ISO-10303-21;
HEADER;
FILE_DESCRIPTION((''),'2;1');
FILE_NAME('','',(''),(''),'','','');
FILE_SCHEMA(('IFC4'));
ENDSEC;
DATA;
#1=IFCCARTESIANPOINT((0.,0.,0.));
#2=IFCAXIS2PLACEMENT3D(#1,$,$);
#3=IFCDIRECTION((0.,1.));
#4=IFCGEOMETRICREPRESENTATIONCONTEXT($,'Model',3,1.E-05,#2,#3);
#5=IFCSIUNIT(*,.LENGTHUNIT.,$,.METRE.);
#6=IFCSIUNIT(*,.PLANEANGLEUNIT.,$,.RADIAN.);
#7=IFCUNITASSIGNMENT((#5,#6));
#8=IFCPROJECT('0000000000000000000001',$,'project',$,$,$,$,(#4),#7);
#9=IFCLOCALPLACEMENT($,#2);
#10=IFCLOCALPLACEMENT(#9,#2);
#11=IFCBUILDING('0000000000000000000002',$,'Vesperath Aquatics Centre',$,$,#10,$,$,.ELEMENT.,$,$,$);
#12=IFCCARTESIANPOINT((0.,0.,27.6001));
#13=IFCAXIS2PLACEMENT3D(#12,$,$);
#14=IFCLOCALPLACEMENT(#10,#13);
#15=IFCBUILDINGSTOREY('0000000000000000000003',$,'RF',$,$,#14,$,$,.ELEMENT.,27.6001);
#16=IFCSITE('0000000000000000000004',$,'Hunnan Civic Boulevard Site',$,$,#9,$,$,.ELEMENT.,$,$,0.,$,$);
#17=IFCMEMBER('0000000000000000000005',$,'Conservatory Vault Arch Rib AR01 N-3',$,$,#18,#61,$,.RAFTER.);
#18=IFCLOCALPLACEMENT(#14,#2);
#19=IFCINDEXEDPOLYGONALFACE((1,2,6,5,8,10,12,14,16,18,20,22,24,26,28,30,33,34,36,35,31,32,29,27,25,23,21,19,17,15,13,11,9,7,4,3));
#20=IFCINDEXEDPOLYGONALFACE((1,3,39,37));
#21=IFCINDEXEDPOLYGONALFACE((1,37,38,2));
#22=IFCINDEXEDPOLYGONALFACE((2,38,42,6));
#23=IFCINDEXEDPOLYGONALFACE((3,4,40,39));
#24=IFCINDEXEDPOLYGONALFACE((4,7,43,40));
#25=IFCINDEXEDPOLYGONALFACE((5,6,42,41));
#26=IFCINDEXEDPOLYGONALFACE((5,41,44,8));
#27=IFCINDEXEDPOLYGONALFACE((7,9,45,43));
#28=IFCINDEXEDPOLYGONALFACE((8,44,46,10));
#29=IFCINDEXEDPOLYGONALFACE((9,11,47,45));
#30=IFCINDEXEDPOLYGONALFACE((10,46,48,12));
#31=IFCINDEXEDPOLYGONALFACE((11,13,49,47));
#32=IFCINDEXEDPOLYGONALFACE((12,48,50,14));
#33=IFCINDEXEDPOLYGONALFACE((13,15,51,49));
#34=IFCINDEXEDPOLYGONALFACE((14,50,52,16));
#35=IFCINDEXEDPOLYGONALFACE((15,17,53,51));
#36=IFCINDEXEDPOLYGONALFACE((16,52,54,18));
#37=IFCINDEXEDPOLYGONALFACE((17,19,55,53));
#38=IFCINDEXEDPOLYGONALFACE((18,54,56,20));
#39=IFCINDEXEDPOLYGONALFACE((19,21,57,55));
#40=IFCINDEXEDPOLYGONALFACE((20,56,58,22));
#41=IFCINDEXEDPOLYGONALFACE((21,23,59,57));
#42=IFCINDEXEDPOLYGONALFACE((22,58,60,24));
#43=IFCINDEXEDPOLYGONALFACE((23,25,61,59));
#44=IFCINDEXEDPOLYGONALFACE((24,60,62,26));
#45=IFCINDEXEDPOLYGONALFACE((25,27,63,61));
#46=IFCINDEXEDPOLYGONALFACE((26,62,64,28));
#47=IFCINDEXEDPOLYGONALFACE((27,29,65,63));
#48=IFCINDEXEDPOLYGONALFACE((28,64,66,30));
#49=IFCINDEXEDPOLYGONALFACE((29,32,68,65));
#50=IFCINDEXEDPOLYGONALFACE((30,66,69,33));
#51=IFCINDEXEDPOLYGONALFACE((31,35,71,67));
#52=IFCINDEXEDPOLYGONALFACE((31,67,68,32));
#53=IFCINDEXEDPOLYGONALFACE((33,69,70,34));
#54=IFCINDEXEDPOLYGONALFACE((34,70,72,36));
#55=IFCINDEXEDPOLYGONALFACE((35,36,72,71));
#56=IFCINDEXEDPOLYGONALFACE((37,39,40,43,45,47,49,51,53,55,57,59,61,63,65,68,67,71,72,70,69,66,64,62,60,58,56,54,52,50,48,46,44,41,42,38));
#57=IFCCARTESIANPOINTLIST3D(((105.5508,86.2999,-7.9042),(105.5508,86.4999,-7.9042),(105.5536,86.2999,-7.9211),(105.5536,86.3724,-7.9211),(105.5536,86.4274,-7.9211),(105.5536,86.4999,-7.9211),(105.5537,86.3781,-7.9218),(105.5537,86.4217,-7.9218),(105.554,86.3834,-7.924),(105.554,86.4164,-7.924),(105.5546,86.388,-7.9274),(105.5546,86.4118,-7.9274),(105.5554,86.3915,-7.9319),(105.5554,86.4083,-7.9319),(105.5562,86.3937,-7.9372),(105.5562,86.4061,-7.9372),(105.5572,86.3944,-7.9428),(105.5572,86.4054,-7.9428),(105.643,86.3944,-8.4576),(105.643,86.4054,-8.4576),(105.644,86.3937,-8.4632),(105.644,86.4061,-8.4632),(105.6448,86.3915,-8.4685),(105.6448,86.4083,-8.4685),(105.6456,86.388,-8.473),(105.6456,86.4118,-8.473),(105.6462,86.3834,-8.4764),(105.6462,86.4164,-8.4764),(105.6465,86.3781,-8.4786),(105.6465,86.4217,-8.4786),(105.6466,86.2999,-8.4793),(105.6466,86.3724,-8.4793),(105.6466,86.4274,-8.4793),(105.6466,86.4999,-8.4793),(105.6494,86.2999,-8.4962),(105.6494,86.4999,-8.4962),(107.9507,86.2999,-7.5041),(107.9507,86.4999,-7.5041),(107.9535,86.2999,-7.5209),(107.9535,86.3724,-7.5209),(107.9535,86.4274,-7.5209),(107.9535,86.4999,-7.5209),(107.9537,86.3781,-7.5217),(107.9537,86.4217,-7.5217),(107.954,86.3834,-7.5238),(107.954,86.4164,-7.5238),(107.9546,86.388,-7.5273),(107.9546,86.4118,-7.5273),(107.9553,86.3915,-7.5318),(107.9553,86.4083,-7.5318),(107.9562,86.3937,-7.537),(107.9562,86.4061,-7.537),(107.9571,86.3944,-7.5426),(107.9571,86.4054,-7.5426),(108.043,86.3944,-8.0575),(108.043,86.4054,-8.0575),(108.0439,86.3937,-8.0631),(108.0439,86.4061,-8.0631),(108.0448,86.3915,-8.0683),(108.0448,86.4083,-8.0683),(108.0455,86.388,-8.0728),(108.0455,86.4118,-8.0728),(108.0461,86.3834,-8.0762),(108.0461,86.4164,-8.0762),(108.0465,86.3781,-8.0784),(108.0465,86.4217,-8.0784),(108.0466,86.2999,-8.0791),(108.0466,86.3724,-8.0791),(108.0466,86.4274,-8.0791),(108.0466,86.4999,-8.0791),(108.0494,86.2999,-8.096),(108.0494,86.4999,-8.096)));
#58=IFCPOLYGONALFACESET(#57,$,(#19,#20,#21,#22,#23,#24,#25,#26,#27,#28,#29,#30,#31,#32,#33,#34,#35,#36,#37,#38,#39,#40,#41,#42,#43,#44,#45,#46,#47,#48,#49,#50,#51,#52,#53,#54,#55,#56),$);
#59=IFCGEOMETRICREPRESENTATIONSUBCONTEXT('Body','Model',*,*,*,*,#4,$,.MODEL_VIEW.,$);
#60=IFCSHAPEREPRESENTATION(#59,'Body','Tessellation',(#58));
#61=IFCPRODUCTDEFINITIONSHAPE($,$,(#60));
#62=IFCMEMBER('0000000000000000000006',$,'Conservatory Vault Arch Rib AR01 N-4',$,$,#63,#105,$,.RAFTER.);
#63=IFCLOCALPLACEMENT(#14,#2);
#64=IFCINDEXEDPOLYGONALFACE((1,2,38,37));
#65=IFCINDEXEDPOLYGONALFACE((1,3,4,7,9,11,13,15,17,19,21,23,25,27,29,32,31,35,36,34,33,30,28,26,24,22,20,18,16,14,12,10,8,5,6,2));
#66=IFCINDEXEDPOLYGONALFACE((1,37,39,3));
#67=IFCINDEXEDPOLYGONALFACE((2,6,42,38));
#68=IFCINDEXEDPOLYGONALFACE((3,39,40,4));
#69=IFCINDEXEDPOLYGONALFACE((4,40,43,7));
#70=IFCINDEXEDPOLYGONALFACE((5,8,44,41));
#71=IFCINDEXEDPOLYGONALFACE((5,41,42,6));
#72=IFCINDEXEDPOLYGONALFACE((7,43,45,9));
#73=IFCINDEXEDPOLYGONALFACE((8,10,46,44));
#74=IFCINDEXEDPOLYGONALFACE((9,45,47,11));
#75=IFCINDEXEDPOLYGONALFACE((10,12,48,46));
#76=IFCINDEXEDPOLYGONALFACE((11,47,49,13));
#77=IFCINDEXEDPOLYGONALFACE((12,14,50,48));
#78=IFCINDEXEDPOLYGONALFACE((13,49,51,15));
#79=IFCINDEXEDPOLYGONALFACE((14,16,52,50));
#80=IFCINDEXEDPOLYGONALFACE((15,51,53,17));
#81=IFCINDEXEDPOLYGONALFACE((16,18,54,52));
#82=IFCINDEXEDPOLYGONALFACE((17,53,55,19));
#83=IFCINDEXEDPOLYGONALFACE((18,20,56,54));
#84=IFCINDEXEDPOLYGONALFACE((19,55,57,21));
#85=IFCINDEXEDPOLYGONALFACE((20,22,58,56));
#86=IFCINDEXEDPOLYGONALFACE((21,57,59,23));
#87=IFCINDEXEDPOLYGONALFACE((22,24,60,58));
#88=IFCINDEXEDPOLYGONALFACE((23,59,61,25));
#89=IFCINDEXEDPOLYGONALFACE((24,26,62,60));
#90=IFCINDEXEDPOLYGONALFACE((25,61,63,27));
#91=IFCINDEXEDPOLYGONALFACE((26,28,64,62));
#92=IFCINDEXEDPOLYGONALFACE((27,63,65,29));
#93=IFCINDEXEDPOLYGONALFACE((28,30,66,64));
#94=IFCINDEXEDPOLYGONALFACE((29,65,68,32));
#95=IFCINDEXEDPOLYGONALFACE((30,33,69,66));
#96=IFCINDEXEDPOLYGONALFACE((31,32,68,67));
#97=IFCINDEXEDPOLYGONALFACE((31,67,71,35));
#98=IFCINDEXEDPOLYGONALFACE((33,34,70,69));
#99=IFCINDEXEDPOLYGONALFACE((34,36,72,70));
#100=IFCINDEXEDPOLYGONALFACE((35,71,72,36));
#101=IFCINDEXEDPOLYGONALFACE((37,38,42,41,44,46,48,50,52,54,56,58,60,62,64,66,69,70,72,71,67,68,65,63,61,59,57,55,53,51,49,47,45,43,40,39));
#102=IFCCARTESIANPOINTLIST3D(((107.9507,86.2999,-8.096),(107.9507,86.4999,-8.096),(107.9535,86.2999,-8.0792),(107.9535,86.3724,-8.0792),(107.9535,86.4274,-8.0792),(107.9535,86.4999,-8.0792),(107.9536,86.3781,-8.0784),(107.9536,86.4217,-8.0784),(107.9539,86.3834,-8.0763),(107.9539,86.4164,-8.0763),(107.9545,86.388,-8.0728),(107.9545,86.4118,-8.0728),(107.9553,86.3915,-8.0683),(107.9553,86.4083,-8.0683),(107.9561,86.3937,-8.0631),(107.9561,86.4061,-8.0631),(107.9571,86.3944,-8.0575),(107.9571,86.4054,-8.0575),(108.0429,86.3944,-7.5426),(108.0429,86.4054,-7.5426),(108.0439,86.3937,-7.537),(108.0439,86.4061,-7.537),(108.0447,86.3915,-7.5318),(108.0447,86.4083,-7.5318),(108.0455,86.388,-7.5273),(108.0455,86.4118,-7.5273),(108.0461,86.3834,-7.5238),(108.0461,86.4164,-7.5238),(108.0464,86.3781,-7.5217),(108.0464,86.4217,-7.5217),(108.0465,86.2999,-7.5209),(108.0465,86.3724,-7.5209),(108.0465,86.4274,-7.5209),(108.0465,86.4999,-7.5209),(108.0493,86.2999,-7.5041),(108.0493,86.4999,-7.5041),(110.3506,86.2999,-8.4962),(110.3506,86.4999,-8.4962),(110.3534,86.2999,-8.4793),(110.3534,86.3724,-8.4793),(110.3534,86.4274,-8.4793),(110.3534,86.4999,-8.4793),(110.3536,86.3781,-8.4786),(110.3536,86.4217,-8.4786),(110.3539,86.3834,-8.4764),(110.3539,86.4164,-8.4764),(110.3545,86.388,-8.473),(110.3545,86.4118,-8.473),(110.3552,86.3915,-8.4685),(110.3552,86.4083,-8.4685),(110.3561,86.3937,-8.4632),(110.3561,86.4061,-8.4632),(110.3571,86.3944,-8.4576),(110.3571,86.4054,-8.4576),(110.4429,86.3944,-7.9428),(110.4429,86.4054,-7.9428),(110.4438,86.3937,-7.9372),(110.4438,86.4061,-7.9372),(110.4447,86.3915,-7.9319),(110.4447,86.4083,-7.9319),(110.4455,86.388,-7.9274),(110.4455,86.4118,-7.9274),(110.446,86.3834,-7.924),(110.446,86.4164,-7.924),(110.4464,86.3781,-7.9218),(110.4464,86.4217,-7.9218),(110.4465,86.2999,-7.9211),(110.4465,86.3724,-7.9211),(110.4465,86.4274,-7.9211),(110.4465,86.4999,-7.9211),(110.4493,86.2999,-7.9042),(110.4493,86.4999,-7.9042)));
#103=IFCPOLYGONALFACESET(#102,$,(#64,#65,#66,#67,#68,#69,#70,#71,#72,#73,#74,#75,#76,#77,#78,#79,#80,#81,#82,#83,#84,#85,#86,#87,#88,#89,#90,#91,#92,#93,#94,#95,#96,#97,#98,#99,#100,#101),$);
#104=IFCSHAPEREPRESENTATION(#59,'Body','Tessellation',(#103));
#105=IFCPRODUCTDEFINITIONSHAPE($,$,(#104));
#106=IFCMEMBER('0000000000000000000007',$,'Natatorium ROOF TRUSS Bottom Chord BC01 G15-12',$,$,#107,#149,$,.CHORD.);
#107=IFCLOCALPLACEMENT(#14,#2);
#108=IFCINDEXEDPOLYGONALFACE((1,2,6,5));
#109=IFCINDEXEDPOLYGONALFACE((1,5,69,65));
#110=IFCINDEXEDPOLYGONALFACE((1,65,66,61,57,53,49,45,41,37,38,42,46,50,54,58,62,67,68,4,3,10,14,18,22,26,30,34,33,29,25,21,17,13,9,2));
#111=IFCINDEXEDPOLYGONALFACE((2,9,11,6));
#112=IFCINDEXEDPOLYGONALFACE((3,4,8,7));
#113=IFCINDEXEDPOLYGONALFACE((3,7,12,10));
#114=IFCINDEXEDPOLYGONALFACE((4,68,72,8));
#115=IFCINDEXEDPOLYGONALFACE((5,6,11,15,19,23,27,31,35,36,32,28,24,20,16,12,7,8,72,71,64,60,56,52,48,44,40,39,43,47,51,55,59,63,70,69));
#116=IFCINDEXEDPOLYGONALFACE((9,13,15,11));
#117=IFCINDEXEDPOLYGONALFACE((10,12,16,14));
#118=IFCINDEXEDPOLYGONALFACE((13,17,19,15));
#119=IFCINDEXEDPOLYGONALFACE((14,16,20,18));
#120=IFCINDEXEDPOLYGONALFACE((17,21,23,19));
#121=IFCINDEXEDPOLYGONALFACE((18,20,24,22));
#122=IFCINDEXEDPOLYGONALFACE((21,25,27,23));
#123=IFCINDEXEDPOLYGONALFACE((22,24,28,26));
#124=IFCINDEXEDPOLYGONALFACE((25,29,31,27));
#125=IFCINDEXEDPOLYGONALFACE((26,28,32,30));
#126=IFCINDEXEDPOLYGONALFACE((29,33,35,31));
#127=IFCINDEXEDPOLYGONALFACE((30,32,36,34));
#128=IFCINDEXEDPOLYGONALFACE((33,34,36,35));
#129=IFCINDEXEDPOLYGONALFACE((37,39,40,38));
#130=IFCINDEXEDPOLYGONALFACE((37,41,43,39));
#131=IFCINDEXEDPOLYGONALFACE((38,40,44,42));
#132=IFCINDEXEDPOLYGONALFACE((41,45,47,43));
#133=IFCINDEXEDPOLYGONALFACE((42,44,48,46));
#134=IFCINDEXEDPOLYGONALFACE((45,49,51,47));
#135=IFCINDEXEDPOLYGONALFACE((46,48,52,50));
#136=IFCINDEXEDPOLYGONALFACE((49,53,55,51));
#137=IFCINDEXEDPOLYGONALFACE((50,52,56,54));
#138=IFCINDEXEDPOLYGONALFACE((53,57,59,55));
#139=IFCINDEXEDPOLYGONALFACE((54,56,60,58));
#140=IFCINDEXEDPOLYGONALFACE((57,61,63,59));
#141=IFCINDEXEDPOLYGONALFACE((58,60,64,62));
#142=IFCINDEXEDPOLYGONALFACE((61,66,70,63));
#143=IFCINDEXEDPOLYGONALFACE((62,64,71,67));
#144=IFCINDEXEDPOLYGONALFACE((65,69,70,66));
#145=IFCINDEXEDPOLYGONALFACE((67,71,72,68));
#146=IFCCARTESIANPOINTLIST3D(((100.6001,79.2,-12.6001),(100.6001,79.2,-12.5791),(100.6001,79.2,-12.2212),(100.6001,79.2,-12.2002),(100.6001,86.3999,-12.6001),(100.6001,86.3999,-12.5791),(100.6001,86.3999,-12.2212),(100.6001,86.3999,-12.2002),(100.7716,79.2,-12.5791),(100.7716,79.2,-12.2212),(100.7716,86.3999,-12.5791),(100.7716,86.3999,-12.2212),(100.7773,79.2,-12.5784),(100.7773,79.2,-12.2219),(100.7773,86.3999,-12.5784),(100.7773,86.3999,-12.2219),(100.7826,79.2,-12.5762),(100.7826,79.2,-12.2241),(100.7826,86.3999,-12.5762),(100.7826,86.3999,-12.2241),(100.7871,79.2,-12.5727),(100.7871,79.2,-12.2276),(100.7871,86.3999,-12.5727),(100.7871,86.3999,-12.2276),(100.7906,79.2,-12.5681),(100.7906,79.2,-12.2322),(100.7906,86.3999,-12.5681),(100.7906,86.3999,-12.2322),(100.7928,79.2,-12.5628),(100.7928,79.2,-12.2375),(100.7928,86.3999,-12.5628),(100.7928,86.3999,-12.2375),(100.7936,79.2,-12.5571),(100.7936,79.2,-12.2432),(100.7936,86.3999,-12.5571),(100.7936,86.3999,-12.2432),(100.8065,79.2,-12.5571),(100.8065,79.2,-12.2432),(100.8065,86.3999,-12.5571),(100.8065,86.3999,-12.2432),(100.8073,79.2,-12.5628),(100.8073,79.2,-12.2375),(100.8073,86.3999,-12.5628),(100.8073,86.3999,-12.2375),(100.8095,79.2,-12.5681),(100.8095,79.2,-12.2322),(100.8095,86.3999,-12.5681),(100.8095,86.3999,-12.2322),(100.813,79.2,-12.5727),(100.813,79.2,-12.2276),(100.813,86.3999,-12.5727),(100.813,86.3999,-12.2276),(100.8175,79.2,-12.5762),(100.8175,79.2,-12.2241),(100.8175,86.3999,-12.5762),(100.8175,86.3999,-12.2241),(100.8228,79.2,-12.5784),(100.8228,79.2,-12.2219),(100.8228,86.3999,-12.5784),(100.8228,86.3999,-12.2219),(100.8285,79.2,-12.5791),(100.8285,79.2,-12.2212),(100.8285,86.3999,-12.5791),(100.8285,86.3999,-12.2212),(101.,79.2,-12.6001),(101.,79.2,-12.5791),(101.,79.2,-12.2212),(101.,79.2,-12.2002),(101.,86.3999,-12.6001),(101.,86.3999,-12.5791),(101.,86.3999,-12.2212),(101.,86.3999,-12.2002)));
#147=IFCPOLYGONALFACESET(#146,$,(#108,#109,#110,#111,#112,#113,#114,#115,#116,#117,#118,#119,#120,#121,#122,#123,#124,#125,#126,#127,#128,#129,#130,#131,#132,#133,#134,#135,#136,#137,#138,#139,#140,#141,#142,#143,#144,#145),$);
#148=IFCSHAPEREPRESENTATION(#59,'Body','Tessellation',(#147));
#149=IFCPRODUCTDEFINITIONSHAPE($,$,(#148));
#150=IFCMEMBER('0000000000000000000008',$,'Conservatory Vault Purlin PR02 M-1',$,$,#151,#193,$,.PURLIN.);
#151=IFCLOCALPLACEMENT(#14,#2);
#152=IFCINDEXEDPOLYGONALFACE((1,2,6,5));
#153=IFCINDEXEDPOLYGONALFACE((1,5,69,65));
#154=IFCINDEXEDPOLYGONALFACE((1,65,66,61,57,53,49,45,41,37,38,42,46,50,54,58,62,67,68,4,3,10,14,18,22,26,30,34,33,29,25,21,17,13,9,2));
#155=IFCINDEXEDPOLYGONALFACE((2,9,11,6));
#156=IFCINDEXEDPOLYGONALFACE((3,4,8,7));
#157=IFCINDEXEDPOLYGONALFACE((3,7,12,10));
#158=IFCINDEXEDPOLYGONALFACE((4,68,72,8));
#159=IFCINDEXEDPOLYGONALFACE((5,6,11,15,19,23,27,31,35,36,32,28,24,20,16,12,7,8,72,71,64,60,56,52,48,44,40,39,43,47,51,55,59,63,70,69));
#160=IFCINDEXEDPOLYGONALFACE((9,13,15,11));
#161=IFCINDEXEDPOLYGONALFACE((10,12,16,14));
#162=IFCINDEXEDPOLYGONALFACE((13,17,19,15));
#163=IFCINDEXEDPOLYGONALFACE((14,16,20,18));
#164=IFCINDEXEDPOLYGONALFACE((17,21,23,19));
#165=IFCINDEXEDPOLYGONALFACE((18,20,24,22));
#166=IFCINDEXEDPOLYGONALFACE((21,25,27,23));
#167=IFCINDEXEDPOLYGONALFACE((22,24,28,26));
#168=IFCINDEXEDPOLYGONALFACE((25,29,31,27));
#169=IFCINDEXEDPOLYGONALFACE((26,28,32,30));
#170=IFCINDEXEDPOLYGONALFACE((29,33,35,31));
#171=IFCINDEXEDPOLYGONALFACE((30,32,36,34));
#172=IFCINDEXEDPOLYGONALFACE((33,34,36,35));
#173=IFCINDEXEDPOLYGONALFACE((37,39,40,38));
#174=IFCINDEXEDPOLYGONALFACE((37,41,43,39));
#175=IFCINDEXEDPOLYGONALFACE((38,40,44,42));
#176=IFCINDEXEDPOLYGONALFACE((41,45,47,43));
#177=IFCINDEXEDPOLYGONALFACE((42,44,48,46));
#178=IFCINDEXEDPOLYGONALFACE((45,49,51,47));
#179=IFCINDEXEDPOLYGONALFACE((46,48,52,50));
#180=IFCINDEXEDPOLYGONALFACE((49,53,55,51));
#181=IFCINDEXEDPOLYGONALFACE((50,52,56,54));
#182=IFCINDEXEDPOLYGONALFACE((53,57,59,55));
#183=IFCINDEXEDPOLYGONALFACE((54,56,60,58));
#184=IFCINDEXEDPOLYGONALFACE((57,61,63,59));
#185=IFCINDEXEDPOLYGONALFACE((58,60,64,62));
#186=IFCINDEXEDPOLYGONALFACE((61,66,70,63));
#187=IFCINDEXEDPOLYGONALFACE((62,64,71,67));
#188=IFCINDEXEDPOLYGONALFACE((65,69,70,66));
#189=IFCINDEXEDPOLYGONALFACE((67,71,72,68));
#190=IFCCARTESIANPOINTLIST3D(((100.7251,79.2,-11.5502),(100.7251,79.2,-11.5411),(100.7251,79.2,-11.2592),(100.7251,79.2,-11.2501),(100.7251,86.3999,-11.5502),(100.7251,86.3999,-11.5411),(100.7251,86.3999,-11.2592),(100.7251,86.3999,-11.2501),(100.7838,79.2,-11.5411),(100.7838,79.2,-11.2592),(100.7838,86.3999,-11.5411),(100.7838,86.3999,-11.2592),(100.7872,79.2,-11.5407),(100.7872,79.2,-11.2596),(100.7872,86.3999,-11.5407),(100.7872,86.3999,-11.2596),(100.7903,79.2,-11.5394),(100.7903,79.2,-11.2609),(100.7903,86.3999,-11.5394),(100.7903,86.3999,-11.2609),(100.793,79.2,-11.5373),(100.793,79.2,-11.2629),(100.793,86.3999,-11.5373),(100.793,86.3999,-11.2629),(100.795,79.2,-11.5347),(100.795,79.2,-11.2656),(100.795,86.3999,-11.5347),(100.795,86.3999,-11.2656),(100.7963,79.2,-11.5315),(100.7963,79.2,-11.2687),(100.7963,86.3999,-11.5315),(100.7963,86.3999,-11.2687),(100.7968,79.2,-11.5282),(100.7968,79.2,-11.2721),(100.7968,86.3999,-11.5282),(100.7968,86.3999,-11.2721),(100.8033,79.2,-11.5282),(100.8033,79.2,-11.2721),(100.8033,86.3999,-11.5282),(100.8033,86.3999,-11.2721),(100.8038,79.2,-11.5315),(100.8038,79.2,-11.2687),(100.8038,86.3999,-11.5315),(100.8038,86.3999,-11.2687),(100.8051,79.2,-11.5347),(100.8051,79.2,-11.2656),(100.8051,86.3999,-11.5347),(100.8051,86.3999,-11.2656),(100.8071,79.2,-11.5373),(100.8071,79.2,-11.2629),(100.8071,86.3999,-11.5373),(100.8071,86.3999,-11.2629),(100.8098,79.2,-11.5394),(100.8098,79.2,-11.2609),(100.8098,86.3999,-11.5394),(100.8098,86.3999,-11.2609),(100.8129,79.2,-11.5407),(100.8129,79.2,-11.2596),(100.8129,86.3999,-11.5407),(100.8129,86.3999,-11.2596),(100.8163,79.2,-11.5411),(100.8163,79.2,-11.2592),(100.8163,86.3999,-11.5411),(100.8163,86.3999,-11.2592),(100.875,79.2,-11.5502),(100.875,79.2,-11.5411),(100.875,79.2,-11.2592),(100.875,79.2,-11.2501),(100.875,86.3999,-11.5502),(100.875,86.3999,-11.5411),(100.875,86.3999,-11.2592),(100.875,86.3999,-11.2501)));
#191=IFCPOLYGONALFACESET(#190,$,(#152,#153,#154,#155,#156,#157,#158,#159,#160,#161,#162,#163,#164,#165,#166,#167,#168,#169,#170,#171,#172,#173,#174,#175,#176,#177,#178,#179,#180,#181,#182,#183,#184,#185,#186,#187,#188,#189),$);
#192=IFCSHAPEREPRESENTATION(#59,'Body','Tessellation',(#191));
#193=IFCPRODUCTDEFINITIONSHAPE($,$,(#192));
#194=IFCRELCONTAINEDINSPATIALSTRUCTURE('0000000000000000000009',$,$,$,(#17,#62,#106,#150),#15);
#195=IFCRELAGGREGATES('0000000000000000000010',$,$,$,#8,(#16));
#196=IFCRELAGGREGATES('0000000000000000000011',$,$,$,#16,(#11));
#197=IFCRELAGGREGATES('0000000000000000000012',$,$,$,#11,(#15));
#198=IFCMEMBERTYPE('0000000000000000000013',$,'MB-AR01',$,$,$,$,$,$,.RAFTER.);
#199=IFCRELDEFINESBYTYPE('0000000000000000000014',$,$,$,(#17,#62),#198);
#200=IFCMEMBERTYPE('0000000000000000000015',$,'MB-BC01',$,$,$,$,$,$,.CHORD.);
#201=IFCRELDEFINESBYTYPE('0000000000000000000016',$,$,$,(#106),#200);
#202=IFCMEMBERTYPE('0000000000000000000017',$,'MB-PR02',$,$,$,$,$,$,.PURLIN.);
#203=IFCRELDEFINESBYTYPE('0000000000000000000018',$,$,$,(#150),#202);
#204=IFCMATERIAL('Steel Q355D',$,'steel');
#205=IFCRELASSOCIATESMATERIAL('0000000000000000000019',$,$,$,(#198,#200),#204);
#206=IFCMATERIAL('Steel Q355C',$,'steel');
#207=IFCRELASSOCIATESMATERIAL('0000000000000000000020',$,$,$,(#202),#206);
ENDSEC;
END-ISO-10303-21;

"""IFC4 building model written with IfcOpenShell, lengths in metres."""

from ifc_helpers import new_model, si_unit, direction, frame, origin, origin_2d, place, context, subcontext, project, spatial, i_section, extrude, material, material_profile, profile_set, type_object, element, save


model = new_model("IFC4")

# Units and contexts
model_context = context("Model", 3, precision=1e-05, world=origin(), true_north=direction((0.0, 1.0)))
body_context = subcontext(model_context, "Body", "Model", "MODEL_VIEW")
ifc_project = project(units=[si_unit("LENGTHUNIT", "METRE"), si_unit("PLANEANGLEUNIT", "RADIAN")], contexts=[model_context])

# Site, building, storey
site_placement = place(None, origin())
site = spatial("IfcSite", under=ifc_project, at=site_placement, Name="Hunnan Civic Boulevard Site", CompositionType="ELEMENT", RefElevation=0.0)
building_placement = place(site_placement, origin())
building = spatial("IfcBuilding", under=site, at=building_placement, Name="Vesperath Aquatics Centre", CompositionType="ELEMENT")
storey_placement = place(building_placement, frame((0.0, 0.0, 27.6001)))
storey = spatial("IfcBuildingStorey", under=building, at=storey_placement, Name="RF", CompositionType="ELEMENT", Elevation=27.6001)

# Shared definitions
ifc_material_1 = material(Name="Steel Q355D", Category="steel")

# Members
ifc_material_profile_1 = material_profile(ifc_material_1, i_section(OverallWidth=0.2, OverallDepth=0.6001, WebThickness=0.011, FlangeThickness=0.0171, FilletRadius=0.022, at=origin_2d()), Name="HN 600x200x11x17")
ifc_profile_set_1 = profile_set([ifc_material_profile_1], Name="Steel Q355D")
member_type_1 = type_object("IfcMemberType", Name="MB-AR01", PredefinedType="RAFTER", material=ifc_profile_set_1)
for number, where, z_axis, x_axis, name in (
    (1, (105.6001, 86.3999, -8.2002), (0.986383, 0.0, 0.164464), (0.0, 1.0, 0.0), "Conservatory Vault Arch Rib AR01 N-3"),
    (2, (108.0, 86.3999, -7.8), (0.986383, 0.0, -0.164464), (0.0, 1.0, 0.0), "Conservatory Vault Arch Rib AR01 N-4"),
):
    element("IfcMember", number, at=place(storey_placement, frame(where, z_axis=z_axis, x_axis=x_axis)), inside=storey, type_object=member_type_1, Name=name, PredefinedType="RAFTER", context=body_context, shape_type="SweptSolid", body=[
        extrude(i_section(OverallWidth=0.2, OverallDepth=0.6001, WebThickness=0.011, FlangeThickness=0.0171, FilletRadius=0.022, at=origin_2d()), origin(), (0.0, 0.0, 1.0), 2.4331),
    ])
ifc_material_profile_2 = material_profile(ifc_material_1, i_section(OverallWidth=0.3999, OverallDepth=0.3999, WebThickness=0.0129, FlangeThickness=0.021, FilletRadius=0.022, at=origin_2d()), Name="HW 400x400x13x21")
ifc_profile_set_2 = profile_set([ifc_material_profile_2], Name="Steel Q355D")
member_type_2 = type_object("IfcMemberType", Name="MB-BC01", PredefinedType="CHORD", material=ifc_profile_set_2)
member_1_placement = place(storey_placement, frame((100.8, 79.2, -12.4001), z_axis=(0.0, 1.0, 0.0), x_axis=(-1.0, 0.0, 0.0)))
element("IfcMember", 3, at=member_1_placement, inside=storey, type_object=member_type_2, Name="Natatorium ROOF TRUSS Bottom Chord BC01 G15-12", PredefinedType="CHORD", context=body_context, shape_type="SweptSolid", body=[
    extrude(i_section(OverallWidth=0.3999, OverallDepth=0.3999, WebThickness=0.0129, FlangeThickness=0.021, FilletRadius=0.022, at=origin_2d()), origin(), (0.0, 0.0, 1.0), 7.2),
])
ifc_material_2 = material(Name="Steel Q355C", Category="steel")
ifc_material_profile_3 = material_profile(ifc_material_2, i_section(OverallWidth=0.1499, OverallDepth=0.3, WebThickness=0.0066, FlangeThickness=0.009, FilletRadius=0.0129, at=origin_2d()), Name="HN 300x150x6.5x9")
ifc_profile_set_3 = profile_set([ifc_material_profile_3], Name="Steel Q355C")
member_type_3 = type_object("IfcMemberType", Name="MB-PR02", PredefinedType="PURLIN", material=ifc_profile_set_3)
for number, where, z_axis, x_axis, name in (
    (4, (100.8, 79.2, -11.4001), (0.0, 1.0, 0.0), (-1.0, 0.0, 0.0), "Conservatory Vault Purlin PR02 M-1"),
):
    element("IfcMember", number, at=place(storey_placement, frame(where, z_axis=z_axis, x_axis=x_axis)), inside=storey, type_object=member_type_3, Name=name, PredefinedType="PURLIN", context=body_context, shape_type="SweptSolid", body=[
        extrude(i_section(OverallWidth=0.1499, OverallDepth=0.3, WebThickness=0.0066, FlangeThickness=0.009, FilletRadius=0.0129, at=origin_2d()), origin(), (0.0, 0.0, 1.0), 7.2),
    ])

save(model, "model.ifc")
